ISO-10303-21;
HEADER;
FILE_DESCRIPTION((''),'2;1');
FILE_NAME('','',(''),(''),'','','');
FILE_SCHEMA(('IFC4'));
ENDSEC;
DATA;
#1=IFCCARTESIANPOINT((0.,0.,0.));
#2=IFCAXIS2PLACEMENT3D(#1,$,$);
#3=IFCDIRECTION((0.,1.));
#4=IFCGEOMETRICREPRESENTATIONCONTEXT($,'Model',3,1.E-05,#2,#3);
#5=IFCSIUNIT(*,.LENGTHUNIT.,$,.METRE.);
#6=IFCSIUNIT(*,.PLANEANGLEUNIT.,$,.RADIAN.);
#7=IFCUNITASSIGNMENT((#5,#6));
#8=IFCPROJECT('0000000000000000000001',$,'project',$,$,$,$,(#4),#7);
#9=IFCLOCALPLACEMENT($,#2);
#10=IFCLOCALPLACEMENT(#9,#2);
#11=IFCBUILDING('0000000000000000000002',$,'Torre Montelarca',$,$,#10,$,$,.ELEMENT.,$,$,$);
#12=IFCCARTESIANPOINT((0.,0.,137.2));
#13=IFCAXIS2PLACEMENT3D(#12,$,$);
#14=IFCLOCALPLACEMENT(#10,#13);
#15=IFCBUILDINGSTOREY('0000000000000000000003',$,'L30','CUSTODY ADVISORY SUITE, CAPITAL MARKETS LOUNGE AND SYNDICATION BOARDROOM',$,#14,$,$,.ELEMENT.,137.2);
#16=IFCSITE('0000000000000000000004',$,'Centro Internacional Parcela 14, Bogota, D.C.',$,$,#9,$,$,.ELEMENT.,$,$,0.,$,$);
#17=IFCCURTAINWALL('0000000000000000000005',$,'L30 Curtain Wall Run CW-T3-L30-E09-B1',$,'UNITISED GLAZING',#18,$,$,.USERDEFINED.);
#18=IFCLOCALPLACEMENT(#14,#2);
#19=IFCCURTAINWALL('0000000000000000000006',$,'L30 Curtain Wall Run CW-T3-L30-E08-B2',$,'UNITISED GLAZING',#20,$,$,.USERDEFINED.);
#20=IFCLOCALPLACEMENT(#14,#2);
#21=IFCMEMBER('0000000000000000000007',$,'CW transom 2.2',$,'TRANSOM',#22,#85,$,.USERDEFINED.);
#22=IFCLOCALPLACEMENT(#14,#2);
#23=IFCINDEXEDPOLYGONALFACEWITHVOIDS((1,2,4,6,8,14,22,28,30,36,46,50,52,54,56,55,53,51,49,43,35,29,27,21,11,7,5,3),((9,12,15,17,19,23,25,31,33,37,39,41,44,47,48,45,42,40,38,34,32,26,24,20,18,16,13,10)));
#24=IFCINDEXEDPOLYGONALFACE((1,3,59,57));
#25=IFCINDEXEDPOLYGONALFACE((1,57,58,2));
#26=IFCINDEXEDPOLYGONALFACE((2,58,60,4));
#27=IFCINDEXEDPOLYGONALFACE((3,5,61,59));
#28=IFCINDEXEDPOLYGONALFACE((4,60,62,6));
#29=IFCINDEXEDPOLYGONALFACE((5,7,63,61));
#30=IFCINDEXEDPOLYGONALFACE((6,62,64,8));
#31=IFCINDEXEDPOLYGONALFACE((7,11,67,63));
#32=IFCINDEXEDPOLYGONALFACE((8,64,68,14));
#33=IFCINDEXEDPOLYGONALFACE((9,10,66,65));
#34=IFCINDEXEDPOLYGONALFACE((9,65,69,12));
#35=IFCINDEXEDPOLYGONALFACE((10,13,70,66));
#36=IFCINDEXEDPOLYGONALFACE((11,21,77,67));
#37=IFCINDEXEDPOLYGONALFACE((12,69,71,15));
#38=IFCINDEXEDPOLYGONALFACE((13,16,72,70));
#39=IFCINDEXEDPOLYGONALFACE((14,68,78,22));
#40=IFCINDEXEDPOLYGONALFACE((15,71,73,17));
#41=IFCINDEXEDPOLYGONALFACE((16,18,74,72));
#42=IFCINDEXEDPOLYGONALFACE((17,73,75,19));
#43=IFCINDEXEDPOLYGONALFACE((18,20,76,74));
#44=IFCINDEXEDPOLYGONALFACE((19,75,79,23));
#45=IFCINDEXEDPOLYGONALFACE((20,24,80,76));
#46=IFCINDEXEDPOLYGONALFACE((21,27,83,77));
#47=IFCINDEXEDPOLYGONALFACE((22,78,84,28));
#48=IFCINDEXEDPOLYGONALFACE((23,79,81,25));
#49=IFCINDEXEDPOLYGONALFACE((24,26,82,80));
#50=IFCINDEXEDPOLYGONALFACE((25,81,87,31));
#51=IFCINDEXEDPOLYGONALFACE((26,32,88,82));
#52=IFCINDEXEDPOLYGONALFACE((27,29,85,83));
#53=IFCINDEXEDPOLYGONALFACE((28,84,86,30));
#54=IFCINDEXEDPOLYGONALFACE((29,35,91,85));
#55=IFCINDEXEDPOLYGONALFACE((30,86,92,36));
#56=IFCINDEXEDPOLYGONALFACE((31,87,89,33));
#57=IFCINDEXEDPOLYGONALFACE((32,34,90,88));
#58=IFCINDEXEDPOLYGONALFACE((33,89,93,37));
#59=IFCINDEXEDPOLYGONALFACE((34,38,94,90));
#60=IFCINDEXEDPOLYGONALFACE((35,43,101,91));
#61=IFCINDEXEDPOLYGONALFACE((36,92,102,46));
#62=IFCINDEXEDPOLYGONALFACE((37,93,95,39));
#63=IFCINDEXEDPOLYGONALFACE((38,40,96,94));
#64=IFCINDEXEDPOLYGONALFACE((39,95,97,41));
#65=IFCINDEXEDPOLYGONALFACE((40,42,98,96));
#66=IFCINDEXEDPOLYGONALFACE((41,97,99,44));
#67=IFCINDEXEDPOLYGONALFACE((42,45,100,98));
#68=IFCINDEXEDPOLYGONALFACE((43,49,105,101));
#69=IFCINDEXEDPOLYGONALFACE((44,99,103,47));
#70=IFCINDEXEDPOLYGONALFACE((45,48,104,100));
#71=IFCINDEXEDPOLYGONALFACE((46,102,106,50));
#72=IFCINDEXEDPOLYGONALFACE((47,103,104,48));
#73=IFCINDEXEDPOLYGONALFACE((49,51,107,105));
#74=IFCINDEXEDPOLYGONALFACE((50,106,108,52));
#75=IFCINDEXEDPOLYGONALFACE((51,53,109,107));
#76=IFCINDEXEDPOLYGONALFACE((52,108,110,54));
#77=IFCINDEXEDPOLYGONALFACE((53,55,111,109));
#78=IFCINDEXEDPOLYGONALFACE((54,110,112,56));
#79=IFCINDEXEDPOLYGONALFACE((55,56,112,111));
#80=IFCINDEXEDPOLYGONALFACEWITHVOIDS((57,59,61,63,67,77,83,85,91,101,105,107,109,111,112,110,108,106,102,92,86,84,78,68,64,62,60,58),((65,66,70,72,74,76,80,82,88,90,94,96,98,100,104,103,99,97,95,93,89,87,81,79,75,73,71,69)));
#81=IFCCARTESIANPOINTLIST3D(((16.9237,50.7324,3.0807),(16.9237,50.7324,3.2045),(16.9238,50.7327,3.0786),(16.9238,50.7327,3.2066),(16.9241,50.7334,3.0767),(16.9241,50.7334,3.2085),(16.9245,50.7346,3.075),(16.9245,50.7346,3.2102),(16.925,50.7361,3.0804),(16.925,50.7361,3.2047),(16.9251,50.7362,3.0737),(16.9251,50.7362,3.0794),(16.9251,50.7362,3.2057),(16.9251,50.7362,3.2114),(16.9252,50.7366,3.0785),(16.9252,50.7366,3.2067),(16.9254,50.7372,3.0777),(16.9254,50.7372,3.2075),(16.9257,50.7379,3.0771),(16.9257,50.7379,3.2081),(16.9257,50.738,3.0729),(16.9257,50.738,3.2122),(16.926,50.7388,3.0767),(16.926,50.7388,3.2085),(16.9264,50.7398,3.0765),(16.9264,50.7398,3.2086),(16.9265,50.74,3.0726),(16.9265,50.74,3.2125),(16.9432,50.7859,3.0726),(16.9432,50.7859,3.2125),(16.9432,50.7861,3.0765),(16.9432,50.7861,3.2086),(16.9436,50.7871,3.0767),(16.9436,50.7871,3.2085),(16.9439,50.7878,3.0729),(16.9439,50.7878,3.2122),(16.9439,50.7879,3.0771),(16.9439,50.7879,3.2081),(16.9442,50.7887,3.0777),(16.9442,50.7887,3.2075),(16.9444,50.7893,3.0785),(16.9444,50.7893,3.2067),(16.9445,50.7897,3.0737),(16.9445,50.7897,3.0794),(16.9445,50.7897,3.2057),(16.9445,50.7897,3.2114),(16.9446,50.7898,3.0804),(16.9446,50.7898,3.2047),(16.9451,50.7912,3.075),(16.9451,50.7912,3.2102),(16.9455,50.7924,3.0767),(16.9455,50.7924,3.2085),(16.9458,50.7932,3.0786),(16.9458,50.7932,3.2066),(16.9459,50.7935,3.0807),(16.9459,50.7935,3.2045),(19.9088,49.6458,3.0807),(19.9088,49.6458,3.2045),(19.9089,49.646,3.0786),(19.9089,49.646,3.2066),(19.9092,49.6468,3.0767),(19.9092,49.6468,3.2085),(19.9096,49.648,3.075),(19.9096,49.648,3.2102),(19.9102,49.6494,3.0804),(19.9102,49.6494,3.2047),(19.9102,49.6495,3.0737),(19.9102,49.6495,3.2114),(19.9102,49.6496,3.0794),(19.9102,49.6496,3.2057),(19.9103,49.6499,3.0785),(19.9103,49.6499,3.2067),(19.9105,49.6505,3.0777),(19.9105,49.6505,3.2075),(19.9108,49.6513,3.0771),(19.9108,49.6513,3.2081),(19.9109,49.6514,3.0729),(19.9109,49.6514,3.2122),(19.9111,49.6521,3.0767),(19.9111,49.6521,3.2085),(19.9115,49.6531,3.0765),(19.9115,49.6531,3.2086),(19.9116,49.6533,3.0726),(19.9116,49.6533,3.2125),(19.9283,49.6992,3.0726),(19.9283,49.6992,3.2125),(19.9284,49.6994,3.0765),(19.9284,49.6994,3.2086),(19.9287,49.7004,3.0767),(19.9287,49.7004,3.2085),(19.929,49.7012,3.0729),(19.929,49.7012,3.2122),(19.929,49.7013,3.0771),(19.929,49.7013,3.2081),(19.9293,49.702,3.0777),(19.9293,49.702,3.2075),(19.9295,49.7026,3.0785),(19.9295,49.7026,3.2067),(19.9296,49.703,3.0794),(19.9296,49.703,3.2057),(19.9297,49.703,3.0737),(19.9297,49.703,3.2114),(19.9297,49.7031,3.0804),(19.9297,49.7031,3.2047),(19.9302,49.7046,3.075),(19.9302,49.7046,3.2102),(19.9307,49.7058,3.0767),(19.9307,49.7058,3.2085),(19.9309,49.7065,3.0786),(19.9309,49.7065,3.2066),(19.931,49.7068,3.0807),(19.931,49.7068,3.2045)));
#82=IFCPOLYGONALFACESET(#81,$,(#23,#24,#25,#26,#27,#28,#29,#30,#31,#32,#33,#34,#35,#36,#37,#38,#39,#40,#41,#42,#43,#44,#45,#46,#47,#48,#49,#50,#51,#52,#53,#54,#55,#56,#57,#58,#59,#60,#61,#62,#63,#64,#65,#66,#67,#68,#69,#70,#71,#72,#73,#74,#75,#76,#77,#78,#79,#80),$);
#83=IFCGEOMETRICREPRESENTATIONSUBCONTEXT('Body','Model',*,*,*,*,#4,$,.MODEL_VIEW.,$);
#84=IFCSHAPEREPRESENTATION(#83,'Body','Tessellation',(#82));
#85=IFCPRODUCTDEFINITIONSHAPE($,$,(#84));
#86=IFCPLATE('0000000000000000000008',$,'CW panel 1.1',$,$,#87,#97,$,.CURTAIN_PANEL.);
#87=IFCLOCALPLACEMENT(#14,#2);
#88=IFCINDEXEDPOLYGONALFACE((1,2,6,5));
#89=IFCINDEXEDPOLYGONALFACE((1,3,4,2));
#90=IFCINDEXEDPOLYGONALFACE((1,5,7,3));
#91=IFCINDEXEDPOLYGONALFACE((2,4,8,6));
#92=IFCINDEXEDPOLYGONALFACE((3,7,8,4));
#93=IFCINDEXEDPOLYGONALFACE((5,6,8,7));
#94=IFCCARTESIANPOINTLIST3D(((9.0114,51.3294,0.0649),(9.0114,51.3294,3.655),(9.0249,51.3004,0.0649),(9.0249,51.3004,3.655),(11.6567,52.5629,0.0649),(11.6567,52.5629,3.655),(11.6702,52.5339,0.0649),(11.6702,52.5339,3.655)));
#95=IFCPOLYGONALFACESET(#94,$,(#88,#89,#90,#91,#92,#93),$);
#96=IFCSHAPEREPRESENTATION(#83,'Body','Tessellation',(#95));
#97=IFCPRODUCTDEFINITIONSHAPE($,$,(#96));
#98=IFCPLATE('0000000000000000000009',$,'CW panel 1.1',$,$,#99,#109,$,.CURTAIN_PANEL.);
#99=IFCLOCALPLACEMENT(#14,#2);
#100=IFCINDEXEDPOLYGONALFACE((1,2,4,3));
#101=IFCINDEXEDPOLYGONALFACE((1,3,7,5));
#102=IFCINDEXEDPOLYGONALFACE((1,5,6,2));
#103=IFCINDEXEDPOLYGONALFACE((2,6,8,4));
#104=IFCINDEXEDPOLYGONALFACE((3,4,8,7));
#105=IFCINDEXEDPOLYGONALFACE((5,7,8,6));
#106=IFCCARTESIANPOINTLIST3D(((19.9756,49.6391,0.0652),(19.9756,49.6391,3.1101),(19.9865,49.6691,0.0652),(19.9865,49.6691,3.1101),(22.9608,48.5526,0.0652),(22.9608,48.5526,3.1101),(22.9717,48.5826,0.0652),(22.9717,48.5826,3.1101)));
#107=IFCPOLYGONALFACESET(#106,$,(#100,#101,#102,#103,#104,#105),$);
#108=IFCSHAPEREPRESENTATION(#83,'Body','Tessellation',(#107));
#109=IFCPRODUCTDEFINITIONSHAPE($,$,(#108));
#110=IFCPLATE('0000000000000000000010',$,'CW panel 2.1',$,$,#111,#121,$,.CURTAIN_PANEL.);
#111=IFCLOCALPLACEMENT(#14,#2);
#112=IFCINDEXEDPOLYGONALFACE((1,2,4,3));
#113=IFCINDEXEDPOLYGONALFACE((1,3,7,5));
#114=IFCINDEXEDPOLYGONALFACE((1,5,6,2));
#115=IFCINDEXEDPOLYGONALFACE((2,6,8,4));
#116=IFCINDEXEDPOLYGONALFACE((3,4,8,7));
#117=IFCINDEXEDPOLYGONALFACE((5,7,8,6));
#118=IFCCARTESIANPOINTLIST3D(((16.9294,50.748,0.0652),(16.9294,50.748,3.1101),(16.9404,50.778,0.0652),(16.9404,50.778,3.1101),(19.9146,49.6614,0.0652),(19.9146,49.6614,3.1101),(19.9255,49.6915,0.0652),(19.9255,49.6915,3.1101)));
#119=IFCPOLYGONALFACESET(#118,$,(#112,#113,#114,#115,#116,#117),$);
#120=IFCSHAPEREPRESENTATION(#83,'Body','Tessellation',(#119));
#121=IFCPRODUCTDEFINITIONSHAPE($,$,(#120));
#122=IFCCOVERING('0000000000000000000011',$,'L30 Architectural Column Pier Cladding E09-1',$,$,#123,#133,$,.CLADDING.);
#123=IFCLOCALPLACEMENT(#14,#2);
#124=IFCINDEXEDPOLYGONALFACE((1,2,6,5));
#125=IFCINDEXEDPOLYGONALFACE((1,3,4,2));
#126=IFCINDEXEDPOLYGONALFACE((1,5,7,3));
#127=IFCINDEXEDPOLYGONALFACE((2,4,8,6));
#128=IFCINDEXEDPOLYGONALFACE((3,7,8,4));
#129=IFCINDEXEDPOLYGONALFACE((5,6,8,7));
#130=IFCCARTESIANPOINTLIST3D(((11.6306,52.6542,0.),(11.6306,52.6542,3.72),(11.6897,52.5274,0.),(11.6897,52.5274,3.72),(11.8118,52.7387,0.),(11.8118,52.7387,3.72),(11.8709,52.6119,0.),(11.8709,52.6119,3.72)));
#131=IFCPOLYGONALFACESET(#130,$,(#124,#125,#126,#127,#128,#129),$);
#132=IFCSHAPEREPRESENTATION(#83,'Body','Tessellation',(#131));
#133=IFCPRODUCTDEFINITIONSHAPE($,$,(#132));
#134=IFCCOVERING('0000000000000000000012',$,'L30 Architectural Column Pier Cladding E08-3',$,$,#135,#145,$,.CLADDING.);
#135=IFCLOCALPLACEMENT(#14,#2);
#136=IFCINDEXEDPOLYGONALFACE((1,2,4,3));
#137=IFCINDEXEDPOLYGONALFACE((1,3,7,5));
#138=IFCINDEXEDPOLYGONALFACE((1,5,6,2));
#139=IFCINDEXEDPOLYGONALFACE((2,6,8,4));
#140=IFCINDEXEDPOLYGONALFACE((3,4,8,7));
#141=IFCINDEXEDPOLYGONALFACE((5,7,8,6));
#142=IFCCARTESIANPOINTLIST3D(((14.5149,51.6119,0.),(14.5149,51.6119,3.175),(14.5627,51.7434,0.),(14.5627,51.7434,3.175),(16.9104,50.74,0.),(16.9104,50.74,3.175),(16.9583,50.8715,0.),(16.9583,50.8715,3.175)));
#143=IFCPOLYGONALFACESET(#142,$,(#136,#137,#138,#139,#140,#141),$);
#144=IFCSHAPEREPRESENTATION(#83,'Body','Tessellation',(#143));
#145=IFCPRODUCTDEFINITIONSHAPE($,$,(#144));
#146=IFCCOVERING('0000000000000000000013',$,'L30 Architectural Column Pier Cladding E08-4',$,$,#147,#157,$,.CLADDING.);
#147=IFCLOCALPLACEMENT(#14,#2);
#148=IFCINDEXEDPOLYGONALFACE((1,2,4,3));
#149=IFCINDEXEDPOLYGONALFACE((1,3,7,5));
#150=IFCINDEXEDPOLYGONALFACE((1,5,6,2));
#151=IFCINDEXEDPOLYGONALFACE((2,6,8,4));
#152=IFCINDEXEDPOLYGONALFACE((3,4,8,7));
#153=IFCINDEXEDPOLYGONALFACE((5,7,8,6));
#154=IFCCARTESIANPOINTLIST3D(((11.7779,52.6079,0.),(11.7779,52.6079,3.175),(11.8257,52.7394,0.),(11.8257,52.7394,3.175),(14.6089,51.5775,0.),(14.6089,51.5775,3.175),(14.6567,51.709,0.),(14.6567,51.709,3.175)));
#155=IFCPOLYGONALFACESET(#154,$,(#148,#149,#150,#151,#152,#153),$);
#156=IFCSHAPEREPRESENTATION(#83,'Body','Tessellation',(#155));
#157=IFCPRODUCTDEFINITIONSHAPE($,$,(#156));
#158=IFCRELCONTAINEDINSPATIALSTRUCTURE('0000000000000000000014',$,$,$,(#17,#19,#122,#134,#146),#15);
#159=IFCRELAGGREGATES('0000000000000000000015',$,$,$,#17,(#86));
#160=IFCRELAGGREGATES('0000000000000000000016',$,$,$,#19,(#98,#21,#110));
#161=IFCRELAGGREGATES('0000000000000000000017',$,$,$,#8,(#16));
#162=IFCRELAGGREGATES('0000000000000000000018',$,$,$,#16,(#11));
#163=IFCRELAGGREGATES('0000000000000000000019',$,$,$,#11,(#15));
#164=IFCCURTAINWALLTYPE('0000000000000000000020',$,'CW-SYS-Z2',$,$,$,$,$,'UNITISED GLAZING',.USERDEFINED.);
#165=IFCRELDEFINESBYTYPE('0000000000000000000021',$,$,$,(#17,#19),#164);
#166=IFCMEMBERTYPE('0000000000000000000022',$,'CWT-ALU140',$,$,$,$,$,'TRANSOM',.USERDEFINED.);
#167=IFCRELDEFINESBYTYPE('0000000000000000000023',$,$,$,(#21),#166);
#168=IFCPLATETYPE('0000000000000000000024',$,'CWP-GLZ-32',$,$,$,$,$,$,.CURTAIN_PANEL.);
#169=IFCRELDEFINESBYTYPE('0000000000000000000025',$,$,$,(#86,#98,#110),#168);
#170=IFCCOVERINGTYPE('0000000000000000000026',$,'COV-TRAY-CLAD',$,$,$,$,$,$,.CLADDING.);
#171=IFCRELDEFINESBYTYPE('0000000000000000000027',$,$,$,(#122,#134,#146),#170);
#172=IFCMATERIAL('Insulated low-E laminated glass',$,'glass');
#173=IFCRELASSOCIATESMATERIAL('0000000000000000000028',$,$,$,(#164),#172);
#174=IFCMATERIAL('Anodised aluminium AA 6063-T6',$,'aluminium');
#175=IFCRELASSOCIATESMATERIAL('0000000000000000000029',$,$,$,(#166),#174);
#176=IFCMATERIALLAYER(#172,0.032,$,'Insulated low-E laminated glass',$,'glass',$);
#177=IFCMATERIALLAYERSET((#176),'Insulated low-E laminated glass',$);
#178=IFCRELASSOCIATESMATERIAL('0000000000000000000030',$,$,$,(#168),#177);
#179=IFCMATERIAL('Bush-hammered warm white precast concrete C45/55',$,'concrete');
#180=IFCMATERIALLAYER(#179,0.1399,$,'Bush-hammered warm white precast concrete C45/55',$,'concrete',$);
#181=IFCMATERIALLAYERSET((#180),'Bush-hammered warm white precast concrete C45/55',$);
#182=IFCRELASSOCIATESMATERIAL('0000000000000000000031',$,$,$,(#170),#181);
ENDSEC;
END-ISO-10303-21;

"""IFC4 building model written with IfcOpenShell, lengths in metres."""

from ifc_helpers import new_model, si_unit, direction, frame, origin, origin_2d, place, context, subcontext, project, spatial, rectangle, hollow_rectangle, extrude, source, transform, mapped, material, layer, layer_set, material_profile, profile_set, type_object, element, aggregate, save


model = new_model("IFC4")

# Units and contexts
model_context = context("Model", 3, precision=1e-05, world=origin(), true_north=direction((0.0, 1.0)))
body_context = subcontext(model_context, "Body", "Model", "MODEL_VIEW")
ifc_project = project(units=[si_unit("LENGTHUNIT", "METRE"), si_unit("PLANEANGLEUNIT", "RADIAN")], contexts=[model_context])

# Site, building, storey
site_placement = place(None, origin())
site = spatial("IfcSite", under=ifc_project, at=site_placement, Name="Centro Internacional Parcela 14, Bogota, D.C.", CompositionType="ELEMENT", RefElevation=0.0)
building_placement = place(site_placement, origin())
building = spatial("IfcBuilding", under=site, at=building_placement, Name="Torre Montelarca", CompositionType="ELEMENT")
storey_placement = place(building_placement, frame((0.0, 0.0, 137.2)))
storey = spatial("IfcBuildingStorey", under=building, at=storey_placement, Name="L30", Description="CUSTODY ADVISORY SUITE, CAPITAL MARKETS LOUNGE AND SYNDICATION BOARDROOM", CompositionType="ELEMENT", Elevation=137.2)

# Curtain walls, member
ifc_material_1 = material(Name="Insulated low-E laminated glass", Category="glass")
curtain_wall_type = type_object("IfcCurtainWallType", Name="CW-SYS-Z2", ElementType="UNITISED GLAZING", PredefinedType="USERDEFINED", material=ifc_material_1)
curtain_wall_1_placement = place(storey_placement, origin())
curtain_wall_1 = element("IfcCurtainWall", 1, at=curtain_wall_1_placement, inside=storey, type_object=curtain_wall_type, Name="L30 Curtain Wall Run CW-T3-L30-E09-B1", ObjectType="UNITISED GLAZING", PredefinedType="USERDEFINED")
ifc_material_2 = material(Name="Anodised aluminium AA 6063-T6", Category="aluminium")
ifc_material_profile_1 = material_profile(ifc_material_2, hollow_rectangle(XDim=0.0649, YDim=0.1399, WallThickness=0.0039, InnerFilletRadius=0.0039, OuterFilletRadius=0.0081, at=origin_2d()), Name="ALU65X140X4", Category="aluminium")
ifc_profile_set_1 = profile_set([ifc_material_profile_1], Name="Anodised aluminium AA 6063-T6")
member_type_1 = type_object("IfcMemberType", Name="CWT-ALU140", ElementType="TRANSOM", PredefinedType="USERDEFINED", material=ifc_profile_set_1)
curtain_wall_2_placement = place(storey_placement, origin())
curtain_wall_2 = element("IfcCurtainWall", 2, at=curtain_wall_2_placement, inside=storey, type_object=curtain_wall_type, Name="L30 Curtain Wall Run CW-T3-L30-E08-B2", ObjectType="UNITISED GLAZING", PredefinedType="USERDEFINED")
shared_shape_1 = source(origin(), body_context, "Body", "SweptSolid", [
    extrude(hollow_rectangle(XDim=0.0649, YDim=0.1399, WallThickness=0.0039, InnerFilletRadius=0.0039, OuterFilletRadius=0.0081, at=origin_2d()), origin(), (0.0, 0.0, 1.0), 3.1768),
])
member_1_placement = place(storey_placement, frame((19.9199, 49.6763, 3.1426), z_axis=(-0.939674, 0.34207, 0.0), x_axis=(-0.34207, -0.939674, 0.0)))
member_1 = element("IfcMember", 3, at=member_1_placement, type_object=member_type_1, Name="CW transom 2.2", ObjectType="TRANSOM", PredefinedType="USERDEFINED", context=body_context, shape_type="MappedRepresentation", body=[
    mapped(shared_shape_1, transform((0.0, 0.0, 0.0), scale=1.0)),
])

# Plates
ifc_layer_1 = layer(ifc_material_1, 0.032, Name="Insulated low-E laminated glass", Category="glass")
ifc_layer_set_1 = layer_set([ifc_layer_1], Name="Insulated low-E laminated glass")
plate_type = type_object("IfcPlateType", Name="CWP-GLZ-32", PredefinedType="CURTAIN_PANEL", material=ifc_layer_set_1)
shared_shape_2 = source(origin(), body_context, "Body", "SweptSolid", [
    extrude(rectangle(XDim=2.9187, YDim=0.032, at=origin_2d()), origin(), (0.0, 0.0, 1.0), 3.5901),
])
plate_1_placement = place(storey_placement, frame((10.3408, 51.9316, 0.0649), z_axis=(0.0, 0.0, 1.0), x_axis=(-0.906317, -0.422598, 0.0)))
plate_1 = element("IfcPlate", 4, at=plate_1_placement, type_object=plate_type, Name="CW panel 1.1", PredefinedType="CURTAIN_PANEL", context=body_context, shape_type="MappedRepresentation", body=[
    mapped(shared_shape_2, transform((0.0, 0.0, 0.0), scale=1.0)),
])
aggregate(curtain_wall_1, [plate_1])
shared_shape_3 = source(origin(), body_context, "Body", "SweptSolid", [
    extrude(rectangle(XDim=3.1768, YDim=0.032, at=origin_2d()), origin(), (0.0, 0.0, 1.0), 3.0449),
])
plate_2_placement = place(storey_placement, frame((21.4736, 49.1108, 0.0652), z_axis=(0.0, 0.0, 1.0), x_axis=(-0.939694, 0.342016, 0.0)))
plate_2 = element("IfcPlate", 5, at=plate_2_placement, type_object=plate_type, Name="CW panel 1.1", PredefinedType="CURTAIN_PANEL", context=body_context, shape_type="MappedRepresentation", body=[
    mapped(shared_shape_3, transform((0.0, 0.0, 0.0), scale=1.0)),
])
plate_3_placement = place(storey_placement, frame((18.4275, 50.2197, 0.0652), z_axis=(0.0, 0.0, 1.0), x_axis=(-0.939694, 0.342016, 0.0)))
plate_3 = element("IfcPlate", 6, at=plate_3_placement, type_object=plate_type, Name="CW panel 2.1", PredefinedType="CURTAIN_PANEL", context=body_context, shape_type="MappedRepresentation", body=[
    mapped(shared_shape_3, transform((0.0, 0.0, 0.0), scale=1.0)),
])
aggregate(curtain_wall_2, [plate_2, member_1, plate_3])

# Coverings
ifc_material_3 = material(Name="Bush-hammered warm white precast concrete C45/55", Category="concrete")
ifc_layer_2 = layer(ifc_material_3, 0.1399, Name="Bush-hammered warm white precast concrete C45/55", Category="concrete")
ifc_layer_set_2 = layer_set([ifc_layer_2], Name="Bush-hammered warm white precast concrete C45/55")
covering_type = type_object("IfcCoveringType", Name="COV-TRAY-CLAD", PredefinedType="CLADDING", material=ifc_layer_set_2)
shared_shape_4 = source(origin(), body_context, "Body", "SweptSolid", [
    extrude(rectangle(XDim=0.2, YDim=0.1399, at=origin_2d()), origin(), (0.0, 0.0, 1.0), 3.72),
])
covering_1_placement = place(storey_placement, frame((11.7507, 52.6331, 0.0), z_axis=(0.0, 0.0, 1.0), x_axis=(-0.906311, -0.422612, 0.0)))
element("IfcCovering", 7, at=covering_1_placement, inside=storey, type_object=covering_type, Name="L30 Architectural Column Pier Cladding E09-1", PredefinedType="CLADDING", context=body_context, shape_type="MappedRepresentation", body=[
    mapped(shared_shape_4, transform((0.0, 0.0, 0.0), scale=1.0)),
])
shared_shape_5 = source(origin(), body_context, "Body", "SweptSolid", [
    extrude(rectangle(XDim=2.5493, YDim=0.1399, at=origin_2d()), origin(), (0.0, 0.0, 1.0), 3.175),
])
covering_2_placement = place(storey_placement, frame((15.7366, 51.2417, 0.0), z_axis=(0.0, 0.0, 1.0), x_axis=(-0.939694, 0.342017, 0.0)))
element("IfcCovering", 8, at=covering_2_placement, inside=storey, type_object=covering_type, Name="L30 Architectural Column Pier Cladding E08-3", PredefinedType="CLADDING", context=body_context, shape_type="MappedRepresentation", body=[
    mapped(shared_shape_5, transform((0.0, 0.0, 0.0), scale=1.0)),
])
shared_shape_6 = source(origin(), body_context, "Body", "SweptSolid", [
    extrude(rectangle(XDim=3.0127, YDim=0.1399, at=origin_2d()), origin(), (0.0, 0.0, 1.0), 3.175),
])
covering_3_placement = place(storey_placement, frame((13.2173, 52.1584, 0.0), z_axis=(0.0, 0.0, 1.0), x_axis=(-0.939694, 0.342017, 0.0)))
element("IfcCovering", 9, at=covering_3_placement, inside=storey, type_object=covering_type, Name="L30 Architectural Column Pier Cladding E08-4", PredefinedType="CLADDING", context=body_context, shape_type="MappedRepresentation", body=[
    mapped(shared_shape_6, transform((0.0, 0.0, 0.0), scale=1.0)),
])

save(model, "model.ifc")
